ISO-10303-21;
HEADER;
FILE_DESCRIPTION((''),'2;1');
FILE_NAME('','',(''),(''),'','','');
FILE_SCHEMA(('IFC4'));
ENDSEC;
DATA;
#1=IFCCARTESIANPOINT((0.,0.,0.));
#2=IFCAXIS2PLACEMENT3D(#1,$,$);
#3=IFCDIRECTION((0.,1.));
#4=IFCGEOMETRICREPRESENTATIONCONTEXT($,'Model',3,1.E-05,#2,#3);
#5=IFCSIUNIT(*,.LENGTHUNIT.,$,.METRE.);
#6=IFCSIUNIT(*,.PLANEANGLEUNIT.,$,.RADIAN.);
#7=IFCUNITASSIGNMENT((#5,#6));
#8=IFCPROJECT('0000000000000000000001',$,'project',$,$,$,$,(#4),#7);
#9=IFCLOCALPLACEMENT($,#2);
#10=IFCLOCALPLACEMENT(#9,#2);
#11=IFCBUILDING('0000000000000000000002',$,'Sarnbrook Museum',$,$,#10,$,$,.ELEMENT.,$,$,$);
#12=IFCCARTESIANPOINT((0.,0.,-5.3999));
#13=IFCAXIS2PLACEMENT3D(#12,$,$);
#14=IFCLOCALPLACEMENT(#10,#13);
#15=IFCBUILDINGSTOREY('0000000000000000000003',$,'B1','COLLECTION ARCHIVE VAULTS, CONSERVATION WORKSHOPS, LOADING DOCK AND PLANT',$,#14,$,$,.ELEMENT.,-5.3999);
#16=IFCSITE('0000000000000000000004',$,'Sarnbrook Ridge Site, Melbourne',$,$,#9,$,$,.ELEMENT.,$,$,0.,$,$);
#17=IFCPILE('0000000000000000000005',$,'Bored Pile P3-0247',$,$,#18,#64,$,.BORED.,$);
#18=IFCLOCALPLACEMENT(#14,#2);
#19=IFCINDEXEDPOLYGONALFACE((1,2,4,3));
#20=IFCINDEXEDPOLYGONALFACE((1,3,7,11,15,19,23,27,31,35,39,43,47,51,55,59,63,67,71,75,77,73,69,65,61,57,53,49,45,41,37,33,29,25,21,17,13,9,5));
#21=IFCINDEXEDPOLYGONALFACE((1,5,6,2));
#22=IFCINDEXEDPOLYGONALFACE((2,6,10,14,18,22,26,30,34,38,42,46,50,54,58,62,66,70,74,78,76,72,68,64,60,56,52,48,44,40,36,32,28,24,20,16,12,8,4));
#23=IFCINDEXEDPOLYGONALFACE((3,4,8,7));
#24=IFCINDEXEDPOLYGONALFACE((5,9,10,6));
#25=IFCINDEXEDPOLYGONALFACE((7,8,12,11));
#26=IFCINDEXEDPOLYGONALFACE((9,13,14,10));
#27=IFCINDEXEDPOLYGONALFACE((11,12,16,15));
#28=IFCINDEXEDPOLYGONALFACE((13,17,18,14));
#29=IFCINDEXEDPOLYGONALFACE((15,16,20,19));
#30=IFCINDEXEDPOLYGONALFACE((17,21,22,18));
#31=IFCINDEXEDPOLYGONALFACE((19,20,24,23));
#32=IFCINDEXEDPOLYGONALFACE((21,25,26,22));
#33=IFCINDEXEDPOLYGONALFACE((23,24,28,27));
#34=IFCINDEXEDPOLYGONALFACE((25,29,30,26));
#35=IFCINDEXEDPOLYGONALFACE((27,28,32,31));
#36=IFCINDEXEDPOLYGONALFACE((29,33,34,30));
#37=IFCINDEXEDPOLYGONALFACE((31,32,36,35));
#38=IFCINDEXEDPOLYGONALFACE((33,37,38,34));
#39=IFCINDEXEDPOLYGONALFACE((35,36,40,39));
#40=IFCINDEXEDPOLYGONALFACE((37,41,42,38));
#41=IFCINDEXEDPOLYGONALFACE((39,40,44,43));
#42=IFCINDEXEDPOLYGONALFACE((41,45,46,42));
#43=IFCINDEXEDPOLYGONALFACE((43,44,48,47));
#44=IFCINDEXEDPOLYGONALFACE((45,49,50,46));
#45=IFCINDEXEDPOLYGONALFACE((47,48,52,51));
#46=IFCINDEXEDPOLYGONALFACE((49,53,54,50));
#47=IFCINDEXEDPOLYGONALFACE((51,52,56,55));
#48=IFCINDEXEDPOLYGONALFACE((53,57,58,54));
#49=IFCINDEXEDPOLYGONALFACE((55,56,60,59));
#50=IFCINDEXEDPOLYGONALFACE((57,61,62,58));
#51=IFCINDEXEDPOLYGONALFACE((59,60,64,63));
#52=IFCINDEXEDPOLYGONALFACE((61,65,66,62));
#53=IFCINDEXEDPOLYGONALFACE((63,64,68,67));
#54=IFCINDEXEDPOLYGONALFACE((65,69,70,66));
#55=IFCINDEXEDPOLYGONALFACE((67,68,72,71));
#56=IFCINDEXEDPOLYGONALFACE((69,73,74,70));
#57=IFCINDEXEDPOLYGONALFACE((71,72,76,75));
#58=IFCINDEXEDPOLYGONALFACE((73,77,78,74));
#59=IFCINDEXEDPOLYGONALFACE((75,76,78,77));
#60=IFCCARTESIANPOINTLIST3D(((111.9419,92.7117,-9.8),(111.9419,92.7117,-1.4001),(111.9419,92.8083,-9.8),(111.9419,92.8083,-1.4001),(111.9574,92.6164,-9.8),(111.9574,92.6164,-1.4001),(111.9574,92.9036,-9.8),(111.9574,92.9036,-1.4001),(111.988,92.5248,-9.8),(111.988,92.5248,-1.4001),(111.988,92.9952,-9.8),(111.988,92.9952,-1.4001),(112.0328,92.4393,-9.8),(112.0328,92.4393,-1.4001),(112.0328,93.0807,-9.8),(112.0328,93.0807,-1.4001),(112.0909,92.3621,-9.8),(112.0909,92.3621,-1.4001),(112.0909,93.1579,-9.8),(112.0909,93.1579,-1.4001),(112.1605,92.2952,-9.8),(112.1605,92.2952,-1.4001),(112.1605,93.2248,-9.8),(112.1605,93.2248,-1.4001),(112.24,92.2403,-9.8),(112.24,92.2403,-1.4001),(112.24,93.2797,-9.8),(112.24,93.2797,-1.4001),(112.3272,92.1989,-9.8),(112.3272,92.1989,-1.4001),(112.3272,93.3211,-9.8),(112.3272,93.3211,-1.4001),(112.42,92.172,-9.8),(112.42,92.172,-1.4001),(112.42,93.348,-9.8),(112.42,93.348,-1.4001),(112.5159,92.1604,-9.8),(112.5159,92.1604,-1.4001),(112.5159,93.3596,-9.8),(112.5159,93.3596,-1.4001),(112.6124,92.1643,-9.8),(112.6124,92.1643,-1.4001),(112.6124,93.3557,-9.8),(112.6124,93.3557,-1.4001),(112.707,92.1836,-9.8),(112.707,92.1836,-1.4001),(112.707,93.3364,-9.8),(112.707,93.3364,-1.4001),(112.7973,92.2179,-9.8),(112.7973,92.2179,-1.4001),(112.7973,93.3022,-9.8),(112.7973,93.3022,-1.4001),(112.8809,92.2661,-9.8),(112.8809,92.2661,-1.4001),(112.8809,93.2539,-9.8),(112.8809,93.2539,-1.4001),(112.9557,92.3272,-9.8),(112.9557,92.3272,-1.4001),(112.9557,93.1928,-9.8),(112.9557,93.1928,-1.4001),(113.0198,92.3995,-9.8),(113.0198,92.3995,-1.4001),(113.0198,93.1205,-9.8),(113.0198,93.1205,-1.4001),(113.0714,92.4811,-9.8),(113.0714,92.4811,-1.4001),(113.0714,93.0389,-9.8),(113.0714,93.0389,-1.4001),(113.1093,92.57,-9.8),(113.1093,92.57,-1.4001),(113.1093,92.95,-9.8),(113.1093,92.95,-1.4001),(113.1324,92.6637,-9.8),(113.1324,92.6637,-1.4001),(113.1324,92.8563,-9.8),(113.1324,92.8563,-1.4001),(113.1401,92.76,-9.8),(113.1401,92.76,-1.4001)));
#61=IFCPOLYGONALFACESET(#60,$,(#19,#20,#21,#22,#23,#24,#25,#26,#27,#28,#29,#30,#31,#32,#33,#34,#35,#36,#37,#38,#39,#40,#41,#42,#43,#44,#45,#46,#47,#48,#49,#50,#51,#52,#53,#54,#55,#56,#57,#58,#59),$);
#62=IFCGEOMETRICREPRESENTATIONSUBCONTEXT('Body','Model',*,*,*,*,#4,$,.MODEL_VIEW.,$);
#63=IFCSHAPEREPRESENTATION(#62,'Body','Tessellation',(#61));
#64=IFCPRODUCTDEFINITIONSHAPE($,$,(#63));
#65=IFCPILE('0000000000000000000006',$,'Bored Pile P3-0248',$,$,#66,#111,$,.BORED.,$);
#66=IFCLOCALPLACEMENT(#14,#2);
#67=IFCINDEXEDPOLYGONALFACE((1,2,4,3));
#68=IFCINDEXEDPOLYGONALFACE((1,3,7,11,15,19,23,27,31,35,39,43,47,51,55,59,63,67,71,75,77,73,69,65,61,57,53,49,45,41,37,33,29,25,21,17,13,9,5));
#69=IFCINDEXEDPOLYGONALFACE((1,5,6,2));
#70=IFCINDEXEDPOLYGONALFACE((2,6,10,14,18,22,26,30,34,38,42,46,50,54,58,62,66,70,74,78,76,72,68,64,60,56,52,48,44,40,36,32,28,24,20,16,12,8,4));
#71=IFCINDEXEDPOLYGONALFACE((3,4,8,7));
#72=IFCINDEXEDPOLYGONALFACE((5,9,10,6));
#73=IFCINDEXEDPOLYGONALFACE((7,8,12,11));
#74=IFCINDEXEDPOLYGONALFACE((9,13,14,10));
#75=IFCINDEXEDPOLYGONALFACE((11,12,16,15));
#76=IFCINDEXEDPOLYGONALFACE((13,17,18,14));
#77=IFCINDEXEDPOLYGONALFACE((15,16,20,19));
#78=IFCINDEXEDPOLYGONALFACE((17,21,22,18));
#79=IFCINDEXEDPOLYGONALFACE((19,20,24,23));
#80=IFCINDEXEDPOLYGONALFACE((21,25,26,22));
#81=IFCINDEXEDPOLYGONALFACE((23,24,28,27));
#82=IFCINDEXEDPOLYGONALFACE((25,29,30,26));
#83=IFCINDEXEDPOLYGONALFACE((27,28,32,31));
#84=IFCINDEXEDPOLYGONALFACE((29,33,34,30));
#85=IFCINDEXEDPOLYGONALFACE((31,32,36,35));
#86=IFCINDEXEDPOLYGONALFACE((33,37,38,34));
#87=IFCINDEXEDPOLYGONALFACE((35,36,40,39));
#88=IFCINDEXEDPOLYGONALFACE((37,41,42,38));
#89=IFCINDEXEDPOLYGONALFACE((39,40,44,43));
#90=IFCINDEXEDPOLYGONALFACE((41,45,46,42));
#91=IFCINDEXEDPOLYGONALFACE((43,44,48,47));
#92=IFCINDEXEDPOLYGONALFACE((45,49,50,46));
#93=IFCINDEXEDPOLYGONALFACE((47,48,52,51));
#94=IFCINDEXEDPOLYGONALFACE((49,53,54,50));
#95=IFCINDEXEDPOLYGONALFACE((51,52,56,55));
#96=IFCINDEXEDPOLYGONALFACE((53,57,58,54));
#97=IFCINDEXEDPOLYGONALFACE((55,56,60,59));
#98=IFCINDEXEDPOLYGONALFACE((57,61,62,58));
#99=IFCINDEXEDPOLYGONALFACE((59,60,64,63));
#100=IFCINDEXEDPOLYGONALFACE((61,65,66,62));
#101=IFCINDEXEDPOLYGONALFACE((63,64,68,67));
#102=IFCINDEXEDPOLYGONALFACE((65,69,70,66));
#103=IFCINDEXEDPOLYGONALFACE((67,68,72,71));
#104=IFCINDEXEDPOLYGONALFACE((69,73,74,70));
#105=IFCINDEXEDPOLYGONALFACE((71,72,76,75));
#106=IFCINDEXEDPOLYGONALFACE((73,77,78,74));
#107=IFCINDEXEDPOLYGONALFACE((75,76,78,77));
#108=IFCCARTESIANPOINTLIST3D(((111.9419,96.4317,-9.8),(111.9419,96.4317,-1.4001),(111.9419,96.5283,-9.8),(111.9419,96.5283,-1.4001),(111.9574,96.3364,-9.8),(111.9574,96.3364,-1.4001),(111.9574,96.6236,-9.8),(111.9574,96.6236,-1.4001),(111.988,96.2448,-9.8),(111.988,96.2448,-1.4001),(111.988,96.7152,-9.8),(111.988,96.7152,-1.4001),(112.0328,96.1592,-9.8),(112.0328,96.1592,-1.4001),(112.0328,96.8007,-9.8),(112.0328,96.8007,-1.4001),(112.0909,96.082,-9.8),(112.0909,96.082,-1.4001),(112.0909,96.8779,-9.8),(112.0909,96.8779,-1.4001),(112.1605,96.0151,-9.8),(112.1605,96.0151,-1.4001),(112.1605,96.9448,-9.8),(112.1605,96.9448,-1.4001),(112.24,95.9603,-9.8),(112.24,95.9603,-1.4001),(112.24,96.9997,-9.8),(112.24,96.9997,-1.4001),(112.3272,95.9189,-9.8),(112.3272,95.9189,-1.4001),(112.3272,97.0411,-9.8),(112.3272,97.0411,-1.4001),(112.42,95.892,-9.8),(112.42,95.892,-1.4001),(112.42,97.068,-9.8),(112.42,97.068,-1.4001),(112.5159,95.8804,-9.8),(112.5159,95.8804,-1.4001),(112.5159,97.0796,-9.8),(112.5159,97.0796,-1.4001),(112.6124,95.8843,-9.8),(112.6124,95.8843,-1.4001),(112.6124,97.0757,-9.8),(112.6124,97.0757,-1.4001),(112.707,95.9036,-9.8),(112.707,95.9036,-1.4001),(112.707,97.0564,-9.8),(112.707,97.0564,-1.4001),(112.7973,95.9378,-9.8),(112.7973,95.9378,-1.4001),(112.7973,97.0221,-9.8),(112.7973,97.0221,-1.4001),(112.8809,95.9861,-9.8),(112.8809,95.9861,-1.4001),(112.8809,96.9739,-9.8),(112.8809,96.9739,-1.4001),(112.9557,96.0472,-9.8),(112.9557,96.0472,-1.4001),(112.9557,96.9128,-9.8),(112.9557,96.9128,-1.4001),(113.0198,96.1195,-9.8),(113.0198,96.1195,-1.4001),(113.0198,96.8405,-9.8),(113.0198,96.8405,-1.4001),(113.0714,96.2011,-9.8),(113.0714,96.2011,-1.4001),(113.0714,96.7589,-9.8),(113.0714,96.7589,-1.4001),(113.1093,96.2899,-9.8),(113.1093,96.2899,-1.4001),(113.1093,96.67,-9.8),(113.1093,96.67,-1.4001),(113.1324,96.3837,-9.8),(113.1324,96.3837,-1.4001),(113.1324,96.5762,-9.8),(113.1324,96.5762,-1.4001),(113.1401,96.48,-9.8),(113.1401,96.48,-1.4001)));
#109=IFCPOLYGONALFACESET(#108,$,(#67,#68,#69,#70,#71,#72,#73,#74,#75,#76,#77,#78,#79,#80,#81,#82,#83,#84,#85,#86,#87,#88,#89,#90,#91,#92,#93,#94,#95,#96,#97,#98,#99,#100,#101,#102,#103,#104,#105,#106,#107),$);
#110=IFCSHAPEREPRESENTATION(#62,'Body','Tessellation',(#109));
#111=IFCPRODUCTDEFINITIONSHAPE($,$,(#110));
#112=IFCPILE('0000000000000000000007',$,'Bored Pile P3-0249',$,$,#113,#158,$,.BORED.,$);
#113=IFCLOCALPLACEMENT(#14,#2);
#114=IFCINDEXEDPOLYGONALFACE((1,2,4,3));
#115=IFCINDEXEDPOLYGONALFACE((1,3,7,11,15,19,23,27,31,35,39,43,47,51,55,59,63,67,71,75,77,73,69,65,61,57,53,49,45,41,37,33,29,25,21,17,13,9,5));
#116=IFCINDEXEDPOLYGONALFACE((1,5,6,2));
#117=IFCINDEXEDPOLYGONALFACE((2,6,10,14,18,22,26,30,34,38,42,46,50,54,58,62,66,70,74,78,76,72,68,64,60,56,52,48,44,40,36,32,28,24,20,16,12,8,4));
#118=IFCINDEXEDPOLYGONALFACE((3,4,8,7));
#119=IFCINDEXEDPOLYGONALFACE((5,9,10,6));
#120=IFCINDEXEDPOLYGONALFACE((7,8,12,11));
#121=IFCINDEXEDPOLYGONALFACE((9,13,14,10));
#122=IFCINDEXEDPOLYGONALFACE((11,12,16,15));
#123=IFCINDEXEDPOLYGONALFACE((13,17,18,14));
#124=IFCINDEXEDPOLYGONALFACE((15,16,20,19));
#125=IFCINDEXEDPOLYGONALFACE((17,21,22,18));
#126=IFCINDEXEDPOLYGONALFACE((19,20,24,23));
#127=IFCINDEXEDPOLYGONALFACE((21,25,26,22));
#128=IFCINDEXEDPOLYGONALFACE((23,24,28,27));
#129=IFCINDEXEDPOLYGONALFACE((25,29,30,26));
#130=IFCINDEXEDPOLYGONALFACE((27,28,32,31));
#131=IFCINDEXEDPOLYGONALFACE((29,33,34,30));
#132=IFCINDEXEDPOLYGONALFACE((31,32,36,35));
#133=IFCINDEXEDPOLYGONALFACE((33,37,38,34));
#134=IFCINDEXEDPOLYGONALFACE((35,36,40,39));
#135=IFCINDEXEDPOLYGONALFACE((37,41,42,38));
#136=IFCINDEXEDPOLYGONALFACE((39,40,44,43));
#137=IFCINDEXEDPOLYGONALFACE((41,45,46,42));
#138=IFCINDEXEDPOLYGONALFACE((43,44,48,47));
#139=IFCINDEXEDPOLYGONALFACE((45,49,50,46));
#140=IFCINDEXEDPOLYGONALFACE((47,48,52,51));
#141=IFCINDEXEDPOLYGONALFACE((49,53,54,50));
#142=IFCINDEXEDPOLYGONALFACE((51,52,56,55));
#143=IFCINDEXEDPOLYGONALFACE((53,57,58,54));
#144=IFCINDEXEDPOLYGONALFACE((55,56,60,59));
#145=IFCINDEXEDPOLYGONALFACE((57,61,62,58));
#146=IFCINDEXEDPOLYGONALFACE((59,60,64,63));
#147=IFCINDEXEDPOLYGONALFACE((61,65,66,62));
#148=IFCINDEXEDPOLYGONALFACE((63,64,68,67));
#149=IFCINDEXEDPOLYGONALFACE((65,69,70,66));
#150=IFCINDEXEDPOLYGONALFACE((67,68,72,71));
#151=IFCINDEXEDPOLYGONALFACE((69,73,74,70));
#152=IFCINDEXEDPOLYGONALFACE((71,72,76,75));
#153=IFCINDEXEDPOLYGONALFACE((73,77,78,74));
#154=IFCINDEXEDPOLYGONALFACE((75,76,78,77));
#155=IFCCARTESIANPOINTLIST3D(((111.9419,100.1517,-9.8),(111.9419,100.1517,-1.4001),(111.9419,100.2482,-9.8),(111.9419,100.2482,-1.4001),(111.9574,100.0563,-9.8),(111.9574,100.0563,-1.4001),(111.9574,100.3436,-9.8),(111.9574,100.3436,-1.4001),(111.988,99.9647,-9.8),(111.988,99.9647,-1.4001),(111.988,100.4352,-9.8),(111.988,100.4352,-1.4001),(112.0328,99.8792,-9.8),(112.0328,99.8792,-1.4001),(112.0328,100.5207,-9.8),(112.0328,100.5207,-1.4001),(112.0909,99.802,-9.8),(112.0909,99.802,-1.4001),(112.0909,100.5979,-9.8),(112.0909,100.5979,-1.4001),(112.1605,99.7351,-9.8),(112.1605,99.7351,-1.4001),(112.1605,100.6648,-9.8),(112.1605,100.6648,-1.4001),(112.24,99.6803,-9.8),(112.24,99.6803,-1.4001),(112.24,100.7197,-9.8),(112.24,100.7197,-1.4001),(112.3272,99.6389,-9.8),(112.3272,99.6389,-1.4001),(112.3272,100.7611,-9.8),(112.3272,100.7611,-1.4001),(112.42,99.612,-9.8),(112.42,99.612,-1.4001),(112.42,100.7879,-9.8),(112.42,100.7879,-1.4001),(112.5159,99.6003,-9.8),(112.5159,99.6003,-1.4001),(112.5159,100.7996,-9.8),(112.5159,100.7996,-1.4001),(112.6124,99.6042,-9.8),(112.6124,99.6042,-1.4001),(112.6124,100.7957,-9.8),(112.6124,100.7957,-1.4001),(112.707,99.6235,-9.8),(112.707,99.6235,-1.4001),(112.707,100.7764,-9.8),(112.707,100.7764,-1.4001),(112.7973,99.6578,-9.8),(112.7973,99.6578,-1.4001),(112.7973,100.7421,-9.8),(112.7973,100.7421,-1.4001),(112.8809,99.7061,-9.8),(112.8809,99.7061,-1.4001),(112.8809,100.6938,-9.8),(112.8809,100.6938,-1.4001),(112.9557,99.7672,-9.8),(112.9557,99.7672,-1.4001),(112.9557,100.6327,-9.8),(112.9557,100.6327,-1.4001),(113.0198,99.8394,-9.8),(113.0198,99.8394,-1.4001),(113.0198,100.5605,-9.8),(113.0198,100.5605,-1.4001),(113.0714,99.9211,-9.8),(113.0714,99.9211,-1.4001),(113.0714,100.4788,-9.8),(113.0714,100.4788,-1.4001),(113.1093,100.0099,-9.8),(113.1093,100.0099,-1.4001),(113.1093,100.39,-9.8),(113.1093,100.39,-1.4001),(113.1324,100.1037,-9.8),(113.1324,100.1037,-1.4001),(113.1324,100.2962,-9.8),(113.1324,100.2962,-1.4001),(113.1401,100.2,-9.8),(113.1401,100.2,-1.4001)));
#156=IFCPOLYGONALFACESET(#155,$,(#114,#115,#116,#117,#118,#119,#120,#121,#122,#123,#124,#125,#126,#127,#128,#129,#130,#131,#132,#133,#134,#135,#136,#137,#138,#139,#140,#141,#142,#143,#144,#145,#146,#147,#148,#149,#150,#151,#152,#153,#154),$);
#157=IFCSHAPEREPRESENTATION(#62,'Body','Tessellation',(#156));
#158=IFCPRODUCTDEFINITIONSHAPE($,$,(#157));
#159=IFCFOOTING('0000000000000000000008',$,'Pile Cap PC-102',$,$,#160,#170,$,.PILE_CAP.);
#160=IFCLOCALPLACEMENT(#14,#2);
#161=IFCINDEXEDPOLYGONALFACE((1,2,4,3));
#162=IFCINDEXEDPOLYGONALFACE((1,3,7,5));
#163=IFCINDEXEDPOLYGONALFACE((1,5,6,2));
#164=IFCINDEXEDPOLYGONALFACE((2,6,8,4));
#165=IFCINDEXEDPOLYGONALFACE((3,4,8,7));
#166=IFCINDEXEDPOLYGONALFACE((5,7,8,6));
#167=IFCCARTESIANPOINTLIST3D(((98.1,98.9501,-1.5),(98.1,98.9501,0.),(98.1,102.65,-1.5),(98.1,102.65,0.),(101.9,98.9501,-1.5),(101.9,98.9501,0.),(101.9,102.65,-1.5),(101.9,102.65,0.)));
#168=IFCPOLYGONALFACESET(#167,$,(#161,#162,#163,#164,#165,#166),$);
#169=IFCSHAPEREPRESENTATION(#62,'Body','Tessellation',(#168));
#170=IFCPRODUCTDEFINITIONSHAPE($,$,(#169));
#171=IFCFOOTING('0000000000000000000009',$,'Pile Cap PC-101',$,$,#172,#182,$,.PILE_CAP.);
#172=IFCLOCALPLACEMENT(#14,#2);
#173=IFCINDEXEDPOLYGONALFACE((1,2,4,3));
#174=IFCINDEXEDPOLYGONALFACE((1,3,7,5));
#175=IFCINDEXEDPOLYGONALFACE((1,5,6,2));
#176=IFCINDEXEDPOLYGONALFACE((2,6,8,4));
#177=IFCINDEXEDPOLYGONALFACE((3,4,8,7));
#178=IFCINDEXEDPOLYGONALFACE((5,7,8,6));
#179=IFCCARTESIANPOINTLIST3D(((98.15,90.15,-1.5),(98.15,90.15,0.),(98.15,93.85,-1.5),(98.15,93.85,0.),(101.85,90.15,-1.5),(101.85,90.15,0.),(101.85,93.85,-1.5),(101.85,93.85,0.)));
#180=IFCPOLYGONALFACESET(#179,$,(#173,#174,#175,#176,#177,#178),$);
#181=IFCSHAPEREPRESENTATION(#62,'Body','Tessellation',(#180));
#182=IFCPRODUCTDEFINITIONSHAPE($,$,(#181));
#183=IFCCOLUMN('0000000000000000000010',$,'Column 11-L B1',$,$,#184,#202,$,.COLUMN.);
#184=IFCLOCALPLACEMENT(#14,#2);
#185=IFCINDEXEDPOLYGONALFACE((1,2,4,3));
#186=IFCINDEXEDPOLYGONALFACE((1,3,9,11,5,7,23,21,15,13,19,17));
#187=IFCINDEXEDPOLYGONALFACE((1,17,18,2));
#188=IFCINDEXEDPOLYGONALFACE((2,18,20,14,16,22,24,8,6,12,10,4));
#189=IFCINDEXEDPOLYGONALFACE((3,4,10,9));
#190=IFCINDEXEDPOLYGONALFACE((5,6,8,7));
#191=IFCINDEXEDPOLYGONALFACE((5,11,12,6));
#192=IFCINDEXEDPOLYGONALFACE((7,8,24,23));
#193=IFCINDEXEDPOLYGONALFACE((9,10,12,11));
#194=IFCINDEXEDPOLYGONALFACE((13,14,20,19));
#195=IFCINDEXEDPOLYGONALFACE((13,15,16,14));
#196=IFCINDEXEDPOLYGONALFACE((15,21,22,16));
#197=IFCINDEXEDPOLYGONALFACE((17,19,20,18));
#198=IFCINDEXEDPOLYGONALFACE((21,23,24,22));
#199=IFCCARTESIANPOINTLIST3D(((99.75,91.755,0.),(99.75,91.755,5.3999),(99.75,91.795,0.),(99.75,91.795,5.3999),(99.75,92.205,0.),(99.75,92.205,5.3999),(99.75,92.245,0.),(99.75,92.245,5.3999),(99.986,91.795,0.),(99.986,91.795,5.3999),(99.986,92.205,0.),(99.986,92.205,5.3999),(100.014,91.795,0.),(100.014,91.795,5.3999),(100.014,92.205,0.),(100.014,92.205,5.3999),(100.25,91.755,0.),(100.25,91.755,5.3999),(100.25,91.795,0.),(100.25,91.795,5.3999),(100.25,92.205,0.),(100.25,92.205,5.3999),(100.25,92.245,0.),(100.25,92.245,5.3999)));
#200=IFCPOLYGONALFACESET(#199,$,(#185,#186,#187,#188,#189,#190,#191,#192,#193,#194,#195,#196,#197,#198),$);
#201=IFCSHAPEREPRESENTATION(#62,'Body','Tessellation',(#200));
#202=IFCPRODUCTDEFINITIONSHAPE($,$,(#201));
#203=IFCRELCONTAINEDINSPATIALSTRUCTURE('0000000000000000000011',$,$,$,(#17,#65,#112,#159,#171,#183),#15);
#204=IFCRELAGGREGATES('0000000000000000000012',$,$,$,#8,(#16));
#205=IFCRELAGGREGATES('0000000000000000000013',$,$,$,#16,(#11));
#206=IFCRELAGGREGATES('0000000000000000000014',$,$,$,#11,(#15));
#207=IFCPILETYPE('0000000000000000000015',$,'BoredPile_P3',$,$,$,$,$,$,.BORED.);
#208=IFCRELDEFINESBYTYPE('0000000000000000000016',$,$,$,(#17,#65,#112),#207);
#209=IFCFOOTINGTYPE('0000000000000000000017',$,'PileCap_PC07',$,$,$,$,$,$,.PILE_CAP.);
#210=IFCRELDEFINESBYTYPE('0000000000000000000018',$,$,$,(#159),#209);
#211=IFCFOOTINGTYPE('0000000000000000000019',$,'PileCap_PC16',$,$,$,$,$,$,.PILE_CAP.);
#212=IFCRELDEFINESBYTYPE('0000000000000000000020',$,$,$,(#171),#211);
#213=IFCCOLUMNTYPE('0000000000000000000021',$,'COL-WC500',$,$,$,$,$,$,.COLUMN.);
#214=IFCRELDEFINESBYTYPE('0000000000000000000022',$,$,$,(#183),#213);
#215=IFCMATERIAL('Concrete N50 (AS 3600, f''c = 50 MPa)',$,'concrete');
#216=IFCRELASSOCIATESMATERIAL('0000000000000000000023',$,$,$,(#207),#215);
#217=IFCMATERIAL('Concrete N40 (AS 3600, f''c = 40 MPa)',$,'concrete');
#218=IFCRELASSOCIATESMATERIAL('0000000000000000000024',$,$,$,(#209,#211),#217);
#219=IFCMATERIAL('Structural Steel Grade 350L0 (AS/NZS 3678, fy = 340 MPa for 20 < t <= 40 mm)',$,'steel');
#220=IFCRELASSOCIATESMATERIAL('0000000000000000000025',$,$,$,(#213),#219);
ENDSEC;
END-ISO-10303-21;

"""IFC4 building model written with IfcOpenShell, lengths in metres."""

from ifc_helpers import new_model, si_unit, direction, frame, origin, origin_2d, place, context, subcontext, project, spatial, rectangle, circle, i_section, extrude, material, material_profile, profile_set, type_object, element, save


model = new_model("IFC4")

# Units and contexts
model_context = context("Model", 3, precision=1e-05, world=origin(), true_north=direction((0.0, 1.0)))
body_context = subcontext(model_context, "Body", "Model", "MODEL_VIEW")
ifc_project = project(units=[si_unit("LENGTHUNIT", "METRE"), si_unit("PLANEANGLEUNIT", "RADIAN")], contexts=[model_context])

# Site, building, storey
site_placement = place(None, origin())
site = spatial("IfcSite", under=ifc_project, at=site_placement, Name="Sarnbrook Ridge Site, Melbourne", CompositionType="ELEMENT", RefElevation=0.0)
building_placement = place(site_placement, origin())
building = spatial("IfcBuilding", under=site, at=building_placement, Name="Sarnbrook Museum", CompositionType="ELEMENT")
storey_placement = place(building_placement, frame((0.0, 0.0, -5.3999)))
storey = spatial("IfcBuildingStorey", under=building, at=storey_placement, Name="B1", Description="COLLECTION ARCHIVE VAULTS, CONSERVATION WORKSHOPS, LOADING DOCK AND PLANT", CompositionType="ELEMENT", Elevation=-5.3999)

# Piles
ifc_material_1 = material(Name="Concrete N50 (AS 3600, f'c = 50 MPa)", Category="concrete")
ifc_material_profile_1 = material_profile(ifc_material_1, circle(Radius=0.6001, at=origin_2d()), Name="BORED PILE D1200")
ifc_profile_set_1 = profile_set([ifc_material_profile_1], Name="Concrete N50 (AS 3600, f'c = 50 MPa)")
pile_type_1 = type_object("IfcPileType", Name="BoredPile_P3", PredefinedType="BORED", material=ifc_profile_set_1)
for number, where, z_axis, x_axis, name in (
    (1, (112.54, 92.76, -1.4001), (0.0, 0.0, -1.0), (1.0, 0.0, 0.0), "Bored Pile P3-0247"),
    (2, (112.54, 96.48, -1.4001), (0.0, 0.0, -1.0), (1.0, 0.0, 0.0), "Bored Pile P3-0248"),
    (3, (112.54, 100.2, -1.4001), (0.0, 0.0, -1.0), (1.0, 0.0, 0.0), "Bored Pile P3-0249"),
):
    element("IfcPile", number, at=place(storey_placement, frame(where, z_axis=z_axis, x_axis=x_axis)), inside=storey, type_object=pile_type_1, Name=name, PredefinedType="BORED", context=body_context, shape_type="SweptSolid", body=[
        extrude(circle(Radius=0.6001, at=origin_2d()), origin(), (0.0, 0.0, 1.0), 8.3999),
    ])

# Footings
ifc_material_2 = material(Name="Concrete N40 (AS 3600, f'c = 40 MPa)", Category="concrete")
footing_type_1 = type_object("IfcFootingType", Name="PileCap_PC07", PredefinedType="PILE_CAP", material=ifc_material_2)
footing_1_placement = place(storey_placement, frame((100.0, 100.8, -1.5), z_axis=(0.0, 0.0, 1.0), x_axis=(1.0, 0.0, 0.0)))
element("IfcFooting", 4, at=footing_1_placement, inside=storey, type_object=footing_type_1, Name="Pile Cap PC-102", PredefinedType="PILE_CAP", context=body_context, shape_type="SweptSolid", body=[
    extrude(rectangle(XDim=3.8, YDim=3.7, at=origin_2d()), origin(), (0.0, 0.0, 1.0), 1.5),
])
footing_type_2 = type_object("IfcFootingType", Name="PileCap_PC16", PredefinedType="PILE_CAP", material=ifc_material_2)
footing_2_placement = place(storey_placement, frame((100.0, 92.0, -1.5), z_axis=(0.0, 0.0, 1.0), x_axis=(1.0, 0.0, 0.0)))
element("IfcFooting", 5, at=footing_2_placement, inside=storey, type_object=footing_type_2, Name="Pile Cap PC-101", PredefinedType="PILE_CAP", context=body_context, shape_type="SweptSolid", body=[
    extrude(rectangle(XDim=3.7, YDim=3.7, at=origin_2d()), origin(), (0.0, 0.0, 1.0), 1.5),
])

# Column
ifc_material_3 = material(Name="Structural Steel Grade 350L0 (AS/NZS 3678, fy = 340 MPa for 20 < t <= 40 mm)", Category="steel")
ifc_material_profile_2 = material_profile(ifc_material_3, i_section(OverallWidth=0.5, OverallDepth=0.49, WebThickness=0.0281, FlangeThickness=0.04, at=origin_2d()), Name="500WC340")
ifc_profile_set_2 = profile_set([ifc_material_profile_2], Name="Structural Steel Grade 350L0 (AS/NZS 3678, fy = 340 MPa for 20 < t <= 40 mm)")
column_type = type_object("IfcColumnType", Name="COL-WC500", PredefinedType="COLUMN", material=ifc_profile_set_2)
for number, where, z_axis, x_axis, name in (
    (6, (100.0, 92.0, 0.0), (0.0, 0.0, 1.0), (1.0, 0.0, 0.0), "Column 11-L B1"),
):
    element("IfcColumn", number, at=place(storey_placement, frame(where, z_axis=z_axis, x_axis=x_axis)), inside=storey, type_object=column_type, Name=name, PredefinedType="COLUMN", context=body_context, shape_type="SweptSolid", body=[
        extrude(i_section(OverallWidth=0.5, OverallDepth=0.49, WebThickness=0.0281, FlangeThickness=0.04, at=origin_2d()), origin(), (0.0, 0.0, 1.0), 5.3999),
    ])

save(model, "model.ifc")
